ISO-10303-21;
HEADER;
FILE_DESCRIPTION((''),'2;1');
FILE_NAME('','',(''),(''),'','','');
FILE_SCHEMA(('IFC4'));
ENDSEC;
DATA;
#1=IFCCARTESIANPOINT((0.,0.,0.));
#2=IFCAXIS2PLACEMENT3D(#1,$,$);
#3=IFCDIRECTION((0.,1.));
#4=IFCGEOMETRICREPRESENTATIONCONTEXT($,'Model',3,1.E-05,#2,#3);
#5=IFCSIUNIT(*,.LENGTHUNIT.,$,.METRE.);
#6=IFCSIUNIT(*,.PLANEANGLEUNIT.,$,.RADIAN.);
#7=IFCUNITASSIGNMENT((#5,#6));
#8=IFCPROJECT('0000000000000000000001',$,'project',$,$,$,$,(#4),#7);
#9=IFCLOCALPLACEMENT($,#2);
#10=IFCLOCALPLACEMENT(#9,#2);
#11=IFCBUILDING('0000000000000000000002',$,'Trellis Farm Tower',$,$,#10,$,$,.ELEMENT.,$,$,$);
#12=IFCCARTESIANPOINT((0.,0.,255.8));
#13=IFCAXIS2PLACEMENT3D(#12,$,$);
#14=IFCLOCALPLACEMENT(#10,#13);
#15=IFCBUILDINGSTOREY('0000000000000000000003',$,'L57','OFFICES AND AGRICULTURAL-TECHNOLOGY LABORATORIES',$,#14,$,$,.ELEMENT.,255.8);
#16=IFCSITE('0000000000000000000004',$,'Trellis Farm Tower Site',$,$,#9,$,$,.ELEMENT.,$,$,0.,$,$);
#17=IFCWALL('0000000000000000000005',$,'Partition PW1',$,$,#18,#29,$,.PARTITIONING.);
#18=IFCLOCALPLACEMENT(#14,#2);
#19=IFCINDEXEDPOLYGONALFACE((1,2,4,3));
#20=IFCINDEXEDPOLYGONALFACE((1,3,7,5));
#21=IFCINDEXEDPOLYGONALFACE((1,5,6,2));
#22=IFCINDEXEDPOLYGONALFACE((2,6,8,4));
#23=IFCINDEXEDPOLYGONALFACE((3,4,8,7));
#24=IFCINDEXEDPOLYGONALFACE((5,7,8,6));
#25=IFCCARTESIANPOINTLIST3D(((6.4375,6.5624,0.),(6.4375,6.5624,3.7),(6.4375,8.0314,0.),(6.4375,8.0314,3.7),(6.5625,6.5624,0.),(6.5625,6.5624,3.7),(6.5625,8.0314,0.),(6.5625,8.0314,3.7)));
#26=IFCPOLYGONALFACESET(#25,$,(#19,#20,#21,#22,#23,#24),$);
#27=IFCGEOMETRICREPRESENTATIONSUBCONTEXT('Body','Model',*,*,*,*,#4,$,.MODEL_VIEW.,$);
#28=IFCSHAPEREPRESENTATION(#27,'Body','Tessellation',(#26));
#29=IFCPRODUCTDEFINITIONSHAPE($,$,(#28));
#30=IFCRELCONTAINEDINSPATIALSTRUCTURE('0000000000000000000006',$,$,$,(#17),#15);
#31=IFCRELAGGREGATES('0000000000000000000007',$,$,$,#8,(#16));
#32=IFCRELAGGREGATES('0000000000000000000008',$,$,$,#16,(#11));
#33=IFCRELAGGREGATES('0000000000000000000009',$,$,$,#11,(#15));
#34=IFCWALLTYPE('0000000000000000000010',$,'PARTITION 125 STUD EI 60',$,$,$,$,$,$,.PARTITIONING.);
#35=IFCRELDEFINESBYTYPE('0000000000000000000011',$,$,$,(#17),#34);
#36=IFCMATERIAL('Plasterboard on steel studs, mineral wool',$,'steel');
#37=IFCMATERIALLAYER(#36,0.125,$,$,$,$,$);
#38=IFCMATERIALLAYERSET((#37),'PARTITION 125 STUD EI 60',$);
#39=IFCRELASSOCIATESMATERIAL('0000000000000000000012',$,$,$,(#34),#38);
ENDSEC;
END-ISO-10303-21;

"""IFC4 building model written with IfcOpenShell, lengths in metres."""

from ifc_helpers import new_model, si_unit, direction, frame, frame_2d, origin, place, context, subcontext, project, spatial, rectangle, extrude, source, transform, mapped, material, layer, layer_set, type_object, element, save


model = new_model("IFC4")

# Units and contexts
model_context = context("Model", 3, precision=1e-05, world=origin(), true_north=direction((0.0, 1.0)))
body_context = subcontext(model_context, "Body", "Model", "MODEL_VIEW")
ifc_project = project(units=[si_unit("LENGTHUNIT", "METRE"), si_unit("PLANEANGLEUNIT", "RADIAN")], contexts=[model_context])

# Site, building, storey
site_placement = place(None, origin())
site = spatial("IfcSite", under=ifc_project, at=site_placement, Name="Trellis Farm Tower Site", CompositionType="ELEMENT", RefElevation=0.0)
building_placement = place(site_placement, origin())
building = spatial("IfcBuilding", under=site, at=building_placement, Name="Trellis Farm Tower", CompositionType="ELEMENT")
storey_placement = place(building_placement, frame((0.0, 0.0, 255.8)))
storey = spatial("IfcBuildingStorey", under=building, at=storey_placement, Name="L57", Description="OFFICES AND AGRICULTURAL-TECHNOLOGY LABORATORIES", CompositionType="ELEMENT", Elevation=255.8)

# Wall
ifc_material_1 = material(Name="Plasterboard on steel studs, mineral wool", Category="steel")
ifc_layer_1 = layer(ifc_material_1, 0.125)
ifc_layer_set_1 = layer_set([ifc_layer_1], Name="PARTITION 125 STUD EI 60")
wall_type_1 = type_object("IfcWallType", Name="PARTITION 125 STUD EI 60", PredefinedType="PARTITIONING", material=ifc_layer_set_1)
shared_shape_1 = source(origin(), body_context, "Body", "SweptSolid", [
    extrude(rectangle(XDim=1.469, YDim=0.125, at=frame_2d((0.7344, 0.0))), origin(), (0.0, 0.0, 1.0), 3.7),
])
wall_1_placement = place(storey_placement, frame((6.5, 6.5625, 0.0), z_axis=(0.0, 0.0, 1.0), x_axis=(0.0, 1.0, 0.0)))
element("IfcWall", 1, at=wall_1_placement, inside=storey, type_object=wall_type_1, Name="Partition PW1", PredefinedType="PARTITIONING", context=body_context, shape_type="MappedRepresentation", body=[
    mapped(shared_shape_1, transform((0.0, 0.0, 0.0))),
])

save(model, "model.ifc")
